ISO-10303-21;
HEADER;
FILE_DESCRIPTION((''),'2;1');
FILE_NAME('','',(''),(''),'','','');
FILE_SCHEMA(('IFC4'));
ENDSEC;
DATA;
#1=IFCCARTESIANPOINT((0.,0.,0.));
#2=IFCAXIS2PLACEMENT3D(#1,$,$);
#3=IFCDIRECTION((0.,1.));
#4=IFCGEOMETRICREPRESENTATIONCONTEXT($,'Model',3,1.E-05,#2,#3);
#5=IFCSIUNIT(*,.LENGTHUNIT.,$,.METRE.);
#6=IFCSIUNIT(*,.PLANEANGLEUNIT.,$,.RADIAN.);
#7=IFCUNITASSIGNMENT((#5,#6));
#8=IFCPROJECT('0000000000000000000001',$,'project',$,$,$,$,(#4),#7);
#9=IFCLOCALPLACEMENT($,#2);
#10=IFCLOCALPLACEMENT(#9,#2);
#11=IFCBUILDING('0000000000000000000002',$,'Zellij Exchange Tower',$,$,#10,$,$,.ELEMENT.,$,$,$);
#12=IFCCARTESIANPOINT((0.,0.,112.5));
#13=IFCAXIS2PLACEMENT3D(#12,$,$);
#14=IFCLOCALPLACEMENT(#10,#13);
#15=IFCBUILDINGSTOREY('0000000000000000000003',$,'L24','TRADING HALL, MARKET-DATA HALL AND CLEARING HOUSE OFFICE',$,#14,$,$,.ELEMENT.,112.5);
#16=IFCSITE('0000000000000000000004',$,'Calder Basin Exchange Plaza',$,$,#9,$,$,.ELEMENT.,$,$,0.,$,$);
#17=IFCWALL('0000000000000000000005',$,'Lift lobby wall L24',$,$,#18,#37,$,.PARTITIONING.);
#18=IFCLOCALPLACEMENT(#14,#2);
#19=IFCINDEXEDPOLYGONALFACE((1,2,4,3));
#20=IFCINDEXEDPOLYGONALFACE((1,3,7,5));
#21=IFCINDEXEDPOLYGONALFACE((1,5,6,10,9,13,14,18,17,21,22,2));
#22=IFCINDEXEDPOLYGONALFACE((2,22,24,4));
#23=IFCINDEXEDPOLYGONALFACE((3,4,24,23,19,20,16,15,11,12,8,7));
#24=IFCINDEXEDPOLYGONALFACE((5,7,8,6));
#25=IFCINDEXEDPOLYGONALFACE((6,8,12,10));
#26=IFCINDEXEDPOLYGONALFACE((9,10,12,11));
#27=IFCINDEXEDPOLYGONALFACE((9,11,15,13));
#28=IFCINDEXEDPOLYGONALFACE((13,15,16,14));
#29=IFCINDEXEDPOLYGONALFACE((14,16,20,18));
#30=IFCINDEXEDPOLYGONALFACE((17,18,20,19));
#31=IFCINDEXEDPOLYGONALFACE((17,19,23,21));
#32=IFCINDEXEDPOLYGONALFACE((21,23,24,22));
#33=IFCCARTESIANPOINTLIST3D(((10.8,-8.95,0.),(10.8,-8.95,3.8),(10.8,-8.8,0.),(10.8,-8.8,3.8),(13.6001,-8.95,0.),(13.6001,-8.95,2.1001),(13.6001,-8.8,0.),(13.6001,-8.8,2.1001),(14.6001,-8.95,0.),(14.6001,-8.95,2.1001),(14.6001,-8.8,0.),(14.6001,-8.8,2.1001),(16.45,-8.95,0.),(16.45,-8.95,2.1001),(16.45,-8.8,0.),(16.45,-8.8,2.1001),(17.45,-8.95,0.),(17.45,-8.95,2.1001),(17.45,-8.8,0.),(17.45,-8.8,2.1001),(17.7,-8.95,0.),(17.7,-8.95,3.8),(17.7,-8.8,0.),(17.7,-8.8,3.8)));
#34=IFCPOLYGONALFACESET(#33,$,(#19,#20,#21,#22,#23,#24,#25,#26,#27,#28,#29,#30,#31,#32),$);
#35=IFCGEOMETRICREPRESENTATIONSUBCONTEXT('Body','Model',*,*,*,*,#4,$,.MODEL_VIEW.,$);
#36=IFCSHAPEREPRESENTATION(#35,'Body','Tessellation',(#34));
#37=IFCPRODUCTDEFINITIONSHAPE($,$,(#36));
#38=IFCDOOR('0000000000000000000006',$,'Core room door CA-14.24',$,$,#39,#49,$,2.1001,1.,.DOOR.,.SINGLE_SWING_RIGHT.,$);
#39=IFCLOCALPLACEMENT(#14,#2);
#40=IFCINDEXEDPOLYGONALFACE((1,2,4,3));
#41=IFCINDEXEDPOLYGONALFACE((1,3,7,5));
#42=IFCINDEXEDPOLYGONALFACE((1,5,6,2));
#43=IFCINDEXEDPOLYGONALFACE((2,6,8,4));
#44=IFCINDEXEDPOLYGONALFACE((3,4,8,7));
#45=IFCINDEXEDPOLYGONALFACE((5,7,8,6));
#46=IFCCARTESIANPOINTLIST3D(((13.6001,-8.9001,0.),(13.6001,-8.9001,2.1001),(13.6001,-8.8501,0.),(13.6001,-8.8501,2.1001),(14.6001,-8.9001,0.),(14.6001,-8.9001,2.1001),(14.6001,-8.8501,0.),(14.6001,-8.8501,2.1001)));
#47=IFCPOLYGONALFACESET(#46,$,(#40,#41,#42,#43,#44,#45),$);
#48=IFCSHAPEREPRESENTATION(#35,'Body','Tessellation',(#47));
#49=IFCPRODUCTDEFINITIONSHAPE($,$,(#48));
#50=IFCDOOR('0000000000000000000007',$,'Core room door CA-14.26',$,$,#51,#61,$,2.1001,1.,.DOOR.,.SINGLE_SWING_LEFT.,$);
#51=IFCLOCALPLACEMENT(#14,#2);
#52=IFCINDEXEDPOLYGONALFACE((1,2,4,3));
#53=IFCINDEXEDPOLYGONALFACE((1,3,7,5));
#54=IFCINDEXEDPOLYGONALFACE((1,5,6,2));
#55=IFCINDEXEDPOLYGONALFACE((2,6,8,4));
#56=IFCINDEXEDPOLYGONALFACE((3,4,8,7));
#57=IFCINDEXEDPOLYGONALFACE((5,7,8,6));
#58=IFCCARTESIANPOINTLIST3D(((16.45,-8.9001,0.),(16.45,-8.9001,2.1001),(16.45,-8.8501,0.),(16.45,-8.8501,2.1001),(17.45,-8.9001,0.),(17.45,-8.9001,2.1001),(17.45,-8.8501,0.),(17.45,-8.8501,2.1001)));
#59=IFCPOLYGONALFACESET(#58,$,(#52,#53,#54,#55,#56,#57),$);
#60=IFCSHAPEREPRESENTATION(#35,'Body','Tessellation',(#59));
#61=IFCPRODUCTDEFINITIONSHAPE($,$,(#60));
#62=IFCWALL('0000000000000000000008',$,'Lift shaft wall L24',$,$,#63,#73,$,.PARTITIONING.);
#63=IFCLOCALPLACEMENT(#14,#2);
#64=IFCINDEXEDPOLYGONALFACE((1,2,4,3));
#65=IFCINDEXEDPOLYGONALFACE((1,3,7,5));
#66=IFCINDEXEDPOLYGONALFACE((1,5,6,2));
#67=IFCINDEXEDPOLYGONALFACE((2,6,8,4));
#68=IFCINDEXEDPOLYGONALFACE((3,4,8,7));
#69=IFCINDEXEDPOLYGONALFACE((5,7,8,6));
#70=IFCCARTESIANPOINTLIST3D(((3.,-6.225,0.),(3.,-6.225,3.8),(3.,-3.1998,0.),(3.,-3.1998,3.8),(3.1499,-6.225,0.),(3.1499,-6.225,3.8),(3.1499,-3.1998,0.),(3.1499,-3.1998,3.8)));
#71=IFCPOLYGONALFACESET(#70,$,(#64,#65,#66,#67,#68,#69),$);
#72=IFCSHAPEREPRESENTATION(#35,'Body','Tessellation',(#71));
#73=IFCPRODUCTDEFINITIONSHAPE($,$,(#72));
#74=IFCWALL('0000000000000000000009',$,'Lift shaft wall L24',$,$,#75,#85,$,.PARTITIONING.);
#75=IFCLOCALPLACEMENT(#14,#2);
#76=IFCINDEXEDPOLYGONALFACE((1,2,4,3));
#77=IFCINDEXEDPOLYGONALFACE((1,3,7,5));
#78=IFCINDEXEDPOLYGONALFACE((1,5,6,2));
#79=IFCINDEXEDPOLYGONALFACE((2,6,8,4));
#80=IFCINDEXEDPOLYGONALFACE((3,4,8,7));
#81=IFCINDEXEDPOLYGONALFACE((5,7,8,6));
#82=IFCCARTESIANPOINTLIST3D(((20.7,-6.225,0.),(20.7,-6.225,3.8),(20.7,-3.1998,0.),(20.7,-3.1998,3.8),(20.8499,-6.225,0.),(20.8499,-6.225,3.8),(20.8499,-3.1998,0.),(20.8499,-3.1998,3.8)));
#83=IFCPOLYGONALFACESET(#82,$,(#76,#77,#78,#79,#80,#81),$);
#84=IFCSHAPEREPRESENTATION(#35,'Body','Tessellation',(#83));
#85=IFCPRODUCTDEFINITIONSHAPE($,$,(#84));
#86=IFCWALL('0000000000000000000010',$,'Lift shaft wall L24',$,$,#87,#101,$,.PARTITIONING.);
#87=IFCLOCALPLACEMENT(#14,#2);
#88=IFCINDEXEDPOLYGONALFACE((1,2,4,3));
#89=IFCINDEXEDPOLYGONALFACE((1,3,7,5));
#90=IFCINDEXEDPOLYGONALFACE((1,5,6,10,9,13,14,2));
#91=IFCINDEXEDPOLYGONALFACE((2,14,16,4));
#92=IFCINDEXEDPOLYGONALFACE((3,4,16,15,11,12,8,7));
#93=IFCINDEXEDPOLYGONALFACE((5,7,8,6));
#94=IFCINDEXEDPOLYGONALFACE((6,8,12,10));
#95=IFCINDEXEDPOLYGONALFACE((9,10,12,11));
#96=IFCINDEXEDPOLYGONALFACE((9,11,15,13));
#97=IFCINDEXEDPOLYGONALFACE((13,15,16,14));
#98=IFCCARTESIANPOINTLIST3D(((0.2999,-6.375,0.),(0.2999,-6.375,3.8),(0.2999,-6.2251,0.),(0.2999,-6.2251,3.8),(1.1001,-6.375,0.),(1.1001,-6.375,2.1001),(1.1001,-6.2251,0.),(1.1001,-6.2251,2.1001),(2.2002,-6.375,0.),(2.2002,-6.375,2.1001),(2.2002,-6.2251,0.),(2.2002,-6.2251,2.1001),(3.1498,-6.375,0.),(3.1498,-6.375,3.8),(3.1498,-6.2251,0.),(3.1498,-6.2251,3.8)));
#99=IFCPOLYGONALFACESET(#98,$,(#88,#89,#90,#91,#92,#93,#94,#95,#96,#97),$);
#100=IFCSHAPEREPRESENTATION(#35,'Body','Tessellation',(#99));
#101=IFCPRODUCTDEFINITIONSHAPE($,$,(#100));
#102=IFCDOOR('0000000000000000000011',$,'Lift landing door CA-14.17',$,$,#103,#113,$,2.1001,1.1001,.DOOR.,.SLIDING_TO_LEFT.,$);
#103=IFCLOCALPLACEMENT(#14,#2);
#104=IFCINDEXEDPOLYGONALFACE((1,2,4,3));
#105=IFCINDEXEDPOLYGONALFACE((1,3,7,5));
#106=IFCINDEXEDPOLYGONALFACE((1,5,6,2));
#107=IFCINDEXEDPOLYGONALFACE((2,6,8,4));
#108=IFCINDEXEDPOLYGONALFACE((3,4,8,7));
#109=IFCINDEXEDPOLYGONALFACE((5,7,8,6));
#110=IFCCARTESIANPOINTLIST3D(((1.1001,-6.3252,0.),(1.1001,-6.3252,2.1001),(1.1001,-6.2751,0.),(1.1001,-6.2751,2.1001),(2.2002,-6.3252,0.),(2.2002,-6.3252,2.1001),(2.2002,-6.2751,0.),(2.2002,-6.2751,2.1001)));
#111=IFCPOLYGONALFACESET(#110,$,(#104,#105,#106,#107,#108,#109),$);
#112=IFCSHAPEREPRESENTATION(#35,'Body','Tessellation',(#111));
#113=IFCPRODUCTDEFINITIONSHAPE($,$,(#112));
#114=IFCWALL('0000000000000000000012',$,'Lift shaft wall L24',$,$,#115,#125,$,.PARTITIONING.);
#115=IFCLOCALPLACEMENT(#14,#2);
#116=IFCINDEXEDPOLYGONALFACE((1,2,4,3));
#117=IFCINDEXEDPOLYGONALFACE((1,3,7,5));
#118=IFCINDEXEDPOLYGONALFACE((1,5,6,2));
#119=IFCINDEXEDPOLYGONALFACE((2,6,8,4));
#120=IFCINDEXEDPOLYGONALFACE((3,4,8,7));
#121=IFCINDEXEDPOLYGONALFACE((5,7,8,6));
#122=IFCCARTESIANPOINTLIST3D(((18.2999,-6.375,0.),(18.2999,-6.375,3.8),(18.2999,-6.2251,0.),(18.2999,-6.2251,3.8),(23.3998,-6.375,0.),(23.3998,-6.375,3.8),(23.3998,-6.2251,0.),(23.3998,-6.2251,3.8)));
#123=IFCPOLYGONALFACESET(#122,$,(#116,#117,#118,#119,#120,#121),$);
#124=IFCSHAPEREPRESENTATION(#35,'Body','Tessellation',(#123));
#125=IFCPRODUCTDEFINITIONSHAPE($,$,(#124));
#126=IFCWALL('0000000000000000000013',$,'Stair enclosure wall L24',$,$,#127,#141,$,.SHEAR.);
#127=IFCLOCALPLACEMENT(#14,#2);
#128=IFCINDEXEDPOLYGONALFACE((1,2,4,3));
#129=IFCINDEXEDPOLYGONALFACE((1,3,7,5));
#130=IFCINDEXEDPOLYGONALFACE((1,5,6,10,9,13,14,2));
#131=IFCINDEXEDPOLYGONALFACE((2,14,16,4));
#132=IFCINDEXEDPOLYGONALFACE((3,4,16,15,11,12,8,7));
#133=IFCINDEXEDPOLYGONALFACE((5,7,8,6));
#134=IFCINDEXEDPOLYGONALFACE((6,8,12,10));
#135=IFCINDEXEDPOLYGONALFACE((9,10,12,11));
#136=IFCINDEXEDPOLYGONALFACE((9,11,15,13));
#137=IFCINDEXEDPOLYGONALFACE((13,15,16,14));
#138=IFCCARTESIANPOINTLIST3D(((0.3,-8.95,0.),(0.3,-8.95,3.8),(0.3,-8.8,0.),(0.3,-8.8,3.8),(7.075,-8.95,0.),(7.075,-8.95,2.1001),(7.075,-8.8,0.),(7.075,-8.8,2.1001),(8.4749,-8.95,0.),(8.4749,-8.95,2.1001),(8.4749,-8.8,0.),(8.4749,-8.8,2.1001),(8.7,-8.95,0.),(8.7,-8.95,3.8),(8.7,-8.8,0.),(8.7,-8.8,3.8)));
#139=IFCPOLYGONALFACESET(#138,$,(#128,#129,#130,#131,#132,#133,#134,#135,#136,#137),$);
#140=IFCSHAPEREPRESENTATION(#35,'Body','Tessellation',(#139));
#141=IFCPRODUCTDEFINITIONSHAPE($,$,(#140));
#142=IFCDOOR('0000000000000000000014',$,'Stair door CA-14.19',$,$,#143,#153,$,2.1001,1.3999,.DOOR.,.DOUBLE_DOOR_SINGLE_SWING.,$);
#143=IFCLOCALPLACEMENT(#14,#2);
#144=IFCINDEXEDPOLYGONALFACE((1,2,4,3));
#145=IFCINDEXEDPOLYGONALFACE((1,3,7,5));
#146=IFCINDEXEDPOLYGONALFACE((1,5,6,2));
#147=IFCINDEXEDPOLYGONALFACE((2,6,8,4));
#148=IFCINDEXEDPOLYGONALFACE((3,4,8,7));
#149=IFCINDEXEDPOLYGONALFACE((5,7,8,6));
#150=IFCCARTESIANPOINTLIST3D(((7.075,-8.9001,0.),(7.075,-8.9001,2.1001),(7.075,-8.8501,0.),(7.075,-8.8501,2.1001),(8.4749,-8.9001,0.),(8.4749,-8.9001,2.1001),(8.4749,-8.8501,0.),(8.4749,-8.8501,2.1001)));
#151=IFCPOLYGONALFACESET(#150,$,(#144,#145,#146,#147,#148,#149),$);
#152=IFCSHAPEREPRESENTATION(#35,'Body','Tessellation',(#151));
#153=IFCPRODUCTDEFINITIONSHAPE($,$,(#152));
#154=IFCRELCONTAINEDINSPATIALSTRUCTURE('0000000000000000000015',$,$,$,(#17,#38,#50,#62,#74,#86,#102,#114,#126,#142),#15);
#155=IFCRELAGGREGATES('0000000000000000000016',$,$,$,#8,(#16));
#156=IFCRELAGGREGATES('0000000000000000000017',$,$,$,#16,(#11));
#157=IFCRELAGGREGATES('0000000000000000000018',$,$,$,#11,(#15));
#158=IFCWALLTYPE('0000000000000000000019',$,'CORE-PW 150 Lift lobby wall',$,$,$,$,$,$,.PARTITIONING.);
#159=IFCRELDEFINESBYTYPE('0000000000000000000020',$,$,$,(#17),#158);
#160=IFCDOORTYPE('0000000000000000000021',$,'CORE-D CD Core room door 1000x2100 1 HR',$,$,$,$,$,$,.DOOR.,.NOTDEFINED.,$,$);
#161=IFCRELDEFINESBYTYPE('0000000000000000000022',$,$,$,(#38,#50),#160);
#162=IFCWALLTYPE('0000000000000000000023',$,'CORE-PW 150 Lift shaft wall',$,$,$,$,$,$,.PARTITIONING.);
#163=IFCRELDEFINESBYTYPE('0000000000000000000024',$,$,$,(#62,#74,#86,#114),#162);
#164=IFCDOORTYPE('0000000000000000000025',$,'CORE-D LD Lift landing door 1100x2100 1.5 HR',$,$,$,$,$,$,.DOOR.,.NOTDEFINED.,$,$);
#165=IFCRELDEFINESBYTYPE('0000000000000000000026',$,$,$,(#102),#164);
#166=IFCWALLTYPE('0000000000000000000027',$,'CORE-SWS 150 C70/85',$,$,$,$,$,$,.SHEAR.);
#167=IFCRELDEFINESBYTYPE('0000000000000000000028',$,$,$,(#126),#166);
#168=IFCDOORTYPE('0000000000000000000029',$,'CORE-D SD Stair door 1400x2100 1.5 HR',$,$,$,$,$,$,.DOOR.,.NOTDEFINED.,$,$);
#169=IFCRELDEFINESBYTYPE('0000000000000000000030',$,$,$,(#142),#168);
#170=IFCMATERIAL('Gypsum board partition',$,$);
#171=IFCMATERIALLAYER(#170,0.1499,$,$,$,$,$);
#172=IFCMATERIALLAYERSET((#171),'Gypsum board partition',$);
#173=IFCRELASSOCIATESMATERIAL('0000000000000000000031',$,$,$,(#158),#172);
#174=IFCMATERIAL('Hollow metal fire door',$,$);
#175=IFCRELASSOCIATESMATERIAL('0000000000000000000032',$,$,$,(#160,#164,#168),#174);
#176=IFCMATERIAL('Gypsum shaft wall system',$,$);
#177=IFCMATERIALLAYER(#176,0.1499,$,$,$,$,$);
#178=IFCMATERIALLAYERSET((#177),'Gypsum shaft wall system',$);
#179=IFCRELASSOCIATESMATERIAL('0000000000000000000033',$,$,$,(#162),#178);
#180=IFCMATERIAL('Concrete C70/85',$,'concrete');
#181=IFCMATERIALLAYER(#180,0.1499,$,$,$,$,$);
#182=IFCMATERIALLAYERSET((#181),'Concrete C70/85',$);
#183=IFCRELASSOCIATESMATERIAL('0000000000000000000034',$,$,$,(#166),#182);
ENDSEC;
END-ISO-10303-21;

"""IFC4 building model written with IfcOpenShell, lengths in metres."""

from ifc_helpers import new_model, si_unit, direction, frame, frame_2d, origin, place, context, subcontext, project, spatial, rectangle, extrude, material, layer, layer_set, type_object, element, fill, save


model = new_model("IFC4")

# Units and contexts
model_context = context("Model", 3, precision=1e-05, world=origin(), true_north=direction((0.0, 1.0)))
body_context = subcontext(model_context, "Body", "Model", "MODEL_VIEW")
ifc_project = project(units=[si_unit("LENGTHUNIT", "METRE"), si_unit("PLANEANGLEUNIT", "RADIAN")], contexts=[model_context])

# Site, building, storey
site_placement = place(None, origin())
site = spatial("IfcSite", under=ifc_project, at=site_placement, Name="Calder Basin Exchange Plaza", CompositionType="ELEMENT", RefElevation=0.0)
building_placement = place(site_placement, origin())
building = spatial("IfcBuilding", under=site, at=building_placement, Name="Zellij Exchange Tower", CompositionType="ELEMENT")
storey_placement = place(building_placement, frame((0.0, 0.0, 112.5)))
storey = spatial("IfcBuildingStorey", under=building, at=storey_placement, Name="L24", Description="TRADING HALL, MARKET-DATA HALL AND CLEARING HOUSE OFFICE", CompositionType="ELEMENT", Elevation=112.5)

# Shared definitions
ifc_material_1 = material(Name="Concrete C70/85", Category="concrete")

# Shared definitions
ifc_material_2 = material(Name="Gypsum shaft wall system")
ifc_material_3 = material(Name="Hollow metal fire door")

# Shared definitions
ifc_material_4 = material(Name="Gypsum board partition")
ifc_layer_1 = layer(ifc_material_4, 0.1499)
ifc_layer_set_1 = layer_set([ifc_layer_1], Name="Gypsum board partition")
wall_type_1 = type_object("IfcWallType", Name="CORE-PW 150 Lift lobby wall", PredefinedType="PARTITIONING", material=ifc_layer_set_1)

# Wall, openings, doors
door_type_1 = type_object("IfcDoorType", Name="CORE-D CD Core room door 1000x2100 1 HR", OperationType="NOTDEFINED", PredefinedType="DOOR", material=ifc_material_3)
wall_1_placement = place(storey_placement, frame((10.8, -8.875, 0.0), z_axis=(0.0, 0.0, 1.0), x_axis=(1.0, 0.0, 0.0)))
wall_1 = element("IfcWall", 1, at=wall_1_placement, inside=storey, type_object=wall_type_1, Name="Lift lobby wall L24", PredefinedType="PARTITIONING", context=body_context, shape_type="SweptSolid", body=[
    extrude(rectangle(XDim=6.8999, YDim=0.1499, at=frame_2d((3.45, 0.0))), origin(), (0.0, 0.0, 1.0), 3.8),
])
opening_1_placement = place(wall_1_placement, frame((2.8, 0.0, 0.0)))
opening_1 = element("IfcOpeningElement", 2, at=opening_1_placement, cuts=wall_1, PredefinedType="OPENING", context=body_context, shape_type="SweptSolid", body=[
    extrude(rectangle(XDim=1.0, YDim=2.1001, at=frame_2d((0.5, 1.05))), frame((0.0, 0.0869, 0.0), z_axis=(0.0, -1.0, 0.0), x_axis=(1.0, 0.0, 0.0)), (0.0, 0.0, 1.0), 0.1738),
])
opening_2_placement = place(wall_1_placement, frame((5.6499, 0.0, 0.0)))
opening_2 = element("IfcOpeningElement", 3, at=opening_2_placement, cuts=wall_1, PredefinedType="OPENING", context=body_context, shape_type="SweptSolid", body=[
    extrude(rectangle(XDim=1.0, YDim=2.1001, at=frame_2d((0.5, 1.05))), frame((0.0, 0.0869, 0.0), z_axis=(0.0, -1.0, 0.0), x_axis=(1.0, 0.0, 0.0)), (0.0, 0.0, 1.0), 0.1738),
])
door_1_placement = place(opening_1_placement, origin())
door_1 = element("IfcDoor", 4, at=door_1_placement, inside=storey, type_object=door_type_1, Name="Core room door CA-14.24", OperationType="SINGLE_SWING_RIGHT", OverallHeight=2.1001, OverallWidth=1.0, PredefinedType="DOOR", context=body_context, shape_type="SweptSolid", body=[
    extrude(rectangle(XDim=1.0, YDim=2.1001, at=frame_2d((0.5, 1.05))), frame((0.0, 0.0249, 0.0), z_axis=(0.0, -1.0, 0.0), x_axis=(1.0, 0.0, 0.0)), (0.0, 0.0, 1.0), 0.05),
])
fill(opening_1, door_1)
door_2_placement = place(opening_2_placement, origin())
door_2 = element("IfcDoor", 5, at=door_2_placement, inside=storey, type_object=door_type_1, Name="Core room door CA-14.26", OperationType="SINGLE_SWING_LEFT", OverallHeight=2.1001, OverallWidth=1.0, PredefinedType="DOOR", context=body_context, shape_type="SweptSolid", body=[
    extrude(rectangle(XDim=1.0, YDim=2.1001, at=frame_2d((0.5, 1.05))), frame((0.0, 0.0249, 0.0), z_axis=(0.0, -1.0, 0.0), x_axis=(1.0, 0.0, 0.0)), (0.0, 0.0, 1.0), 0.05),
])
fill(opening_2, door_2)

# Walls
ifc_layer_2 = layer(ifc_material_2, 0.1499)
ifc_layer_set_2 = layer_set([ifc_layer_2], Name="Gypsum shaft wall system")
wall_type_2 = type_object("IfcWallType", Name="CORE-PW 150 Lift shaft wall", PredefinedType="PARTITIONING", material=ifc_layer_set_2)
for number, where, z_axis, x_axis, name in (
    (6, (3.075, -6.2251, 0.0), (0.0, 0.0, 1.0), (0.0, 1.0, 0.0), "Lift shaft wall L24"),
    (7, (20.7749, -6.2251, 0.0), (0.0, 0.0, 1.0), (0.0, 1.0, 0.0), "Lift shaft wall L24"),
):
    element("IfcWall", number, at=place(storey_placement, frame(where, z_axis=z_axis, x_axis=x_axis)), inside=storey, type_object=wall_type_2, Name=name, PredefinedType="PARTITIONING", context=body_context, shape_type="SweptSolid", body=[
        extrude(rectangle(XDim=3.0251, YDim=0.1499, at=frame_2d((1.5127, 0.0))), origin(), (0.0, 0.0, 1.0), 3.8),
    ])

# Wall, opening, door
wall_2_placement = place(storey_placement, frame((0.3, -6.3, 0.0), z_axis=(0.0, 0.0, 1.0), x_axis=(1.0, 0.0, 0.0)))
wall_2 = element("IfcWall", 8, at=wall_2_placement, inside=storey, type_object=wall_type_2, Name="Lift shaft wall L24", PredefinedType="PARTITIONING", context=body_context, shape_type="SweptSolid", body=[
    extrude(rectangle(XDim=2.8499, YDim=0.1499, at=frame_2d((1.4248, 0.0))), origin(), (0.0, 0.0, 1.0), 3.8),
])
opening_3_placement = place(wall_2_placement, frame((0.8, 0.0, 0.0)))
opening_3 = element("IfcOpeningElement", 9, at=opening_3_placement, cuts=wall_2, PredefinedType="OPENING", context=body_context, shape_type="SweptSolid", body=[
    extrude(rectangle(XDim=1.1001, YDim=2.1001, at=frame_2d((0.55, 1.05))), frame((0.0, 0.0869, 0.0), z_axis=(0.0, -1.0, 0.0), x_axis=(1.0, 0.0, 0.0)), (0.0, 0.0, 1.0), 0.1738),
])
door_type_2 = type_object("IfcDoorType", Name="CORE-D LD Lift landing door 1100x2100 1.5 HR", OperationType="NOTDEFINED", PredefinedType="DOOR", material=ifc_material_3)
door_3_placement = place(opening_3_placement, origin())
door_3 = element("IfcDoor", 10, at=door_3_placement, inside=storey, type_object=door_type_2, Name="Lift landing door CA-14.17", OperationType="SLIDING_TO_LEFT", OverallHeight=2.1001, OverallWidth=1.1001, PredefinedType="DOOR", context=body_context, shape_type="SweptSolid", body=[
    extrude(rectangle(XDim=1.1001, YDim=2.1001, at=frame_2d((0.55, 1.05))), frame((0.0, 0.0249, 0.0), z_axis=(0.0, -1.0, 0.0), x_axis=(1.0, 0.0, 0.0)), (0.0, 0.0, 1.0), 0.05),
])
fill(opening_3, door_3)

# Wall
wall_3_placement = place(storey_placement, frame((18.3, -6.3, 0.0), z_axis=(0.0, 0.0, 1.0), x_axis=(1.0, 0.0, 0.0)))
element("IfcWall", 11, at=wall_3_placement, inside=storey, type_object=wall_type_2, Name="Lift shaft wall L24", PredefinedType="PARTITIONING", context=body_context, shape_type="SweptSolid", body=[
    extrude(rectangle(XDim=5.0999, YDim=0.1499, at=frame_2d((2.5498, 0.0))), origin(), (0.0, 0.0, 1.0), 3.8),
])

# Wall, opening, door
ifc_layer_3 = layer(ifc_material_1, 0.1499)
ifc_layer_set_3 = layer_set([ifc_layer_3], Name="Concrete C70/85")
wall_type_3 = type_object("IfcWallType", Name="CORE-SWS 150 C70/85", PredefinedType="SHEAR", material=ifc_layer_set_3)
wall_4_placement = place(storey_placement, frame((0.3, -8.875, 0.0), z_axis=(0.0, 0.0, 1.0), x_axis=(1.0, 0.0, 0.0)))
wall_4 = element("IfcWall", 12, at=wall_4_placement, inside=storey, type_object=wall_type_3, Name="Stair enclosure wall L24", PredefinedType="SHEAR", context=body_context, shape_type="SweptSolid", body=[
    extrude(rectangle(XDim=8.3999, YDim=0.1499, at=frame_2d((4.2, 0.0))), origin(), (0.0, 0.0, 1.0), 3.8),
])
opening_4_placement = place(wall_4_placement, frame((6.7749, 0.0, 0.0)))
opening_4 = element("IfcOpeningElement", 13, at=opening_4_placement, cuts=wall_4, PredefinedType="OPENING", context=body_context, shape_type="SweptSolid", body=[
    extrude(rectangle(XDim=1.3999, YDim=2.1001, at=frame_2d((0.7, 1.05))), frame((0.0, 0.0869, 0.0), z_axis=(0.0, -1.0, 0.0), x_axis=(1.0, 0.0, 0.0)), (0.0, 0.0, 1.0), 0.1738),
])
door_type_3 = type_object("IfcDoorType", Name="CORE-D SD Stair door 1400x2100 1.5 HR", OperationType="NOTDEFINED", PredefinedType="DOOR", material=ifc_material_3)
door_4_placement = place(opening_4_placement, origin())
door_4 = element("IfcDoor", 14, at=door_4_placement, inside=storey, type_object=door_type_3, Name="Stair door CA-14.19", OperationType="DOUBLE_DOOR_SINGLE_SWING", OverallHeight=2.1001, OverallWidth=1.3999, PredefinedType="DOOR", context=body_context, shape_type="SweptSolid", body=[
    extrude(rectangle(XDim=1.3999, YDim=2.1001, at=frame_2d((0.7, 1.05))), frame((0.0, 0.0249, 0.0), z_axis=(0.0, -1.0, 0.0), x_axis=(1.0, 0.0, 0.0)), (0.0, 0.0, 1.0), 0.05),
])
fill(opening_4, door_4)

save(model, "model.ifc")
